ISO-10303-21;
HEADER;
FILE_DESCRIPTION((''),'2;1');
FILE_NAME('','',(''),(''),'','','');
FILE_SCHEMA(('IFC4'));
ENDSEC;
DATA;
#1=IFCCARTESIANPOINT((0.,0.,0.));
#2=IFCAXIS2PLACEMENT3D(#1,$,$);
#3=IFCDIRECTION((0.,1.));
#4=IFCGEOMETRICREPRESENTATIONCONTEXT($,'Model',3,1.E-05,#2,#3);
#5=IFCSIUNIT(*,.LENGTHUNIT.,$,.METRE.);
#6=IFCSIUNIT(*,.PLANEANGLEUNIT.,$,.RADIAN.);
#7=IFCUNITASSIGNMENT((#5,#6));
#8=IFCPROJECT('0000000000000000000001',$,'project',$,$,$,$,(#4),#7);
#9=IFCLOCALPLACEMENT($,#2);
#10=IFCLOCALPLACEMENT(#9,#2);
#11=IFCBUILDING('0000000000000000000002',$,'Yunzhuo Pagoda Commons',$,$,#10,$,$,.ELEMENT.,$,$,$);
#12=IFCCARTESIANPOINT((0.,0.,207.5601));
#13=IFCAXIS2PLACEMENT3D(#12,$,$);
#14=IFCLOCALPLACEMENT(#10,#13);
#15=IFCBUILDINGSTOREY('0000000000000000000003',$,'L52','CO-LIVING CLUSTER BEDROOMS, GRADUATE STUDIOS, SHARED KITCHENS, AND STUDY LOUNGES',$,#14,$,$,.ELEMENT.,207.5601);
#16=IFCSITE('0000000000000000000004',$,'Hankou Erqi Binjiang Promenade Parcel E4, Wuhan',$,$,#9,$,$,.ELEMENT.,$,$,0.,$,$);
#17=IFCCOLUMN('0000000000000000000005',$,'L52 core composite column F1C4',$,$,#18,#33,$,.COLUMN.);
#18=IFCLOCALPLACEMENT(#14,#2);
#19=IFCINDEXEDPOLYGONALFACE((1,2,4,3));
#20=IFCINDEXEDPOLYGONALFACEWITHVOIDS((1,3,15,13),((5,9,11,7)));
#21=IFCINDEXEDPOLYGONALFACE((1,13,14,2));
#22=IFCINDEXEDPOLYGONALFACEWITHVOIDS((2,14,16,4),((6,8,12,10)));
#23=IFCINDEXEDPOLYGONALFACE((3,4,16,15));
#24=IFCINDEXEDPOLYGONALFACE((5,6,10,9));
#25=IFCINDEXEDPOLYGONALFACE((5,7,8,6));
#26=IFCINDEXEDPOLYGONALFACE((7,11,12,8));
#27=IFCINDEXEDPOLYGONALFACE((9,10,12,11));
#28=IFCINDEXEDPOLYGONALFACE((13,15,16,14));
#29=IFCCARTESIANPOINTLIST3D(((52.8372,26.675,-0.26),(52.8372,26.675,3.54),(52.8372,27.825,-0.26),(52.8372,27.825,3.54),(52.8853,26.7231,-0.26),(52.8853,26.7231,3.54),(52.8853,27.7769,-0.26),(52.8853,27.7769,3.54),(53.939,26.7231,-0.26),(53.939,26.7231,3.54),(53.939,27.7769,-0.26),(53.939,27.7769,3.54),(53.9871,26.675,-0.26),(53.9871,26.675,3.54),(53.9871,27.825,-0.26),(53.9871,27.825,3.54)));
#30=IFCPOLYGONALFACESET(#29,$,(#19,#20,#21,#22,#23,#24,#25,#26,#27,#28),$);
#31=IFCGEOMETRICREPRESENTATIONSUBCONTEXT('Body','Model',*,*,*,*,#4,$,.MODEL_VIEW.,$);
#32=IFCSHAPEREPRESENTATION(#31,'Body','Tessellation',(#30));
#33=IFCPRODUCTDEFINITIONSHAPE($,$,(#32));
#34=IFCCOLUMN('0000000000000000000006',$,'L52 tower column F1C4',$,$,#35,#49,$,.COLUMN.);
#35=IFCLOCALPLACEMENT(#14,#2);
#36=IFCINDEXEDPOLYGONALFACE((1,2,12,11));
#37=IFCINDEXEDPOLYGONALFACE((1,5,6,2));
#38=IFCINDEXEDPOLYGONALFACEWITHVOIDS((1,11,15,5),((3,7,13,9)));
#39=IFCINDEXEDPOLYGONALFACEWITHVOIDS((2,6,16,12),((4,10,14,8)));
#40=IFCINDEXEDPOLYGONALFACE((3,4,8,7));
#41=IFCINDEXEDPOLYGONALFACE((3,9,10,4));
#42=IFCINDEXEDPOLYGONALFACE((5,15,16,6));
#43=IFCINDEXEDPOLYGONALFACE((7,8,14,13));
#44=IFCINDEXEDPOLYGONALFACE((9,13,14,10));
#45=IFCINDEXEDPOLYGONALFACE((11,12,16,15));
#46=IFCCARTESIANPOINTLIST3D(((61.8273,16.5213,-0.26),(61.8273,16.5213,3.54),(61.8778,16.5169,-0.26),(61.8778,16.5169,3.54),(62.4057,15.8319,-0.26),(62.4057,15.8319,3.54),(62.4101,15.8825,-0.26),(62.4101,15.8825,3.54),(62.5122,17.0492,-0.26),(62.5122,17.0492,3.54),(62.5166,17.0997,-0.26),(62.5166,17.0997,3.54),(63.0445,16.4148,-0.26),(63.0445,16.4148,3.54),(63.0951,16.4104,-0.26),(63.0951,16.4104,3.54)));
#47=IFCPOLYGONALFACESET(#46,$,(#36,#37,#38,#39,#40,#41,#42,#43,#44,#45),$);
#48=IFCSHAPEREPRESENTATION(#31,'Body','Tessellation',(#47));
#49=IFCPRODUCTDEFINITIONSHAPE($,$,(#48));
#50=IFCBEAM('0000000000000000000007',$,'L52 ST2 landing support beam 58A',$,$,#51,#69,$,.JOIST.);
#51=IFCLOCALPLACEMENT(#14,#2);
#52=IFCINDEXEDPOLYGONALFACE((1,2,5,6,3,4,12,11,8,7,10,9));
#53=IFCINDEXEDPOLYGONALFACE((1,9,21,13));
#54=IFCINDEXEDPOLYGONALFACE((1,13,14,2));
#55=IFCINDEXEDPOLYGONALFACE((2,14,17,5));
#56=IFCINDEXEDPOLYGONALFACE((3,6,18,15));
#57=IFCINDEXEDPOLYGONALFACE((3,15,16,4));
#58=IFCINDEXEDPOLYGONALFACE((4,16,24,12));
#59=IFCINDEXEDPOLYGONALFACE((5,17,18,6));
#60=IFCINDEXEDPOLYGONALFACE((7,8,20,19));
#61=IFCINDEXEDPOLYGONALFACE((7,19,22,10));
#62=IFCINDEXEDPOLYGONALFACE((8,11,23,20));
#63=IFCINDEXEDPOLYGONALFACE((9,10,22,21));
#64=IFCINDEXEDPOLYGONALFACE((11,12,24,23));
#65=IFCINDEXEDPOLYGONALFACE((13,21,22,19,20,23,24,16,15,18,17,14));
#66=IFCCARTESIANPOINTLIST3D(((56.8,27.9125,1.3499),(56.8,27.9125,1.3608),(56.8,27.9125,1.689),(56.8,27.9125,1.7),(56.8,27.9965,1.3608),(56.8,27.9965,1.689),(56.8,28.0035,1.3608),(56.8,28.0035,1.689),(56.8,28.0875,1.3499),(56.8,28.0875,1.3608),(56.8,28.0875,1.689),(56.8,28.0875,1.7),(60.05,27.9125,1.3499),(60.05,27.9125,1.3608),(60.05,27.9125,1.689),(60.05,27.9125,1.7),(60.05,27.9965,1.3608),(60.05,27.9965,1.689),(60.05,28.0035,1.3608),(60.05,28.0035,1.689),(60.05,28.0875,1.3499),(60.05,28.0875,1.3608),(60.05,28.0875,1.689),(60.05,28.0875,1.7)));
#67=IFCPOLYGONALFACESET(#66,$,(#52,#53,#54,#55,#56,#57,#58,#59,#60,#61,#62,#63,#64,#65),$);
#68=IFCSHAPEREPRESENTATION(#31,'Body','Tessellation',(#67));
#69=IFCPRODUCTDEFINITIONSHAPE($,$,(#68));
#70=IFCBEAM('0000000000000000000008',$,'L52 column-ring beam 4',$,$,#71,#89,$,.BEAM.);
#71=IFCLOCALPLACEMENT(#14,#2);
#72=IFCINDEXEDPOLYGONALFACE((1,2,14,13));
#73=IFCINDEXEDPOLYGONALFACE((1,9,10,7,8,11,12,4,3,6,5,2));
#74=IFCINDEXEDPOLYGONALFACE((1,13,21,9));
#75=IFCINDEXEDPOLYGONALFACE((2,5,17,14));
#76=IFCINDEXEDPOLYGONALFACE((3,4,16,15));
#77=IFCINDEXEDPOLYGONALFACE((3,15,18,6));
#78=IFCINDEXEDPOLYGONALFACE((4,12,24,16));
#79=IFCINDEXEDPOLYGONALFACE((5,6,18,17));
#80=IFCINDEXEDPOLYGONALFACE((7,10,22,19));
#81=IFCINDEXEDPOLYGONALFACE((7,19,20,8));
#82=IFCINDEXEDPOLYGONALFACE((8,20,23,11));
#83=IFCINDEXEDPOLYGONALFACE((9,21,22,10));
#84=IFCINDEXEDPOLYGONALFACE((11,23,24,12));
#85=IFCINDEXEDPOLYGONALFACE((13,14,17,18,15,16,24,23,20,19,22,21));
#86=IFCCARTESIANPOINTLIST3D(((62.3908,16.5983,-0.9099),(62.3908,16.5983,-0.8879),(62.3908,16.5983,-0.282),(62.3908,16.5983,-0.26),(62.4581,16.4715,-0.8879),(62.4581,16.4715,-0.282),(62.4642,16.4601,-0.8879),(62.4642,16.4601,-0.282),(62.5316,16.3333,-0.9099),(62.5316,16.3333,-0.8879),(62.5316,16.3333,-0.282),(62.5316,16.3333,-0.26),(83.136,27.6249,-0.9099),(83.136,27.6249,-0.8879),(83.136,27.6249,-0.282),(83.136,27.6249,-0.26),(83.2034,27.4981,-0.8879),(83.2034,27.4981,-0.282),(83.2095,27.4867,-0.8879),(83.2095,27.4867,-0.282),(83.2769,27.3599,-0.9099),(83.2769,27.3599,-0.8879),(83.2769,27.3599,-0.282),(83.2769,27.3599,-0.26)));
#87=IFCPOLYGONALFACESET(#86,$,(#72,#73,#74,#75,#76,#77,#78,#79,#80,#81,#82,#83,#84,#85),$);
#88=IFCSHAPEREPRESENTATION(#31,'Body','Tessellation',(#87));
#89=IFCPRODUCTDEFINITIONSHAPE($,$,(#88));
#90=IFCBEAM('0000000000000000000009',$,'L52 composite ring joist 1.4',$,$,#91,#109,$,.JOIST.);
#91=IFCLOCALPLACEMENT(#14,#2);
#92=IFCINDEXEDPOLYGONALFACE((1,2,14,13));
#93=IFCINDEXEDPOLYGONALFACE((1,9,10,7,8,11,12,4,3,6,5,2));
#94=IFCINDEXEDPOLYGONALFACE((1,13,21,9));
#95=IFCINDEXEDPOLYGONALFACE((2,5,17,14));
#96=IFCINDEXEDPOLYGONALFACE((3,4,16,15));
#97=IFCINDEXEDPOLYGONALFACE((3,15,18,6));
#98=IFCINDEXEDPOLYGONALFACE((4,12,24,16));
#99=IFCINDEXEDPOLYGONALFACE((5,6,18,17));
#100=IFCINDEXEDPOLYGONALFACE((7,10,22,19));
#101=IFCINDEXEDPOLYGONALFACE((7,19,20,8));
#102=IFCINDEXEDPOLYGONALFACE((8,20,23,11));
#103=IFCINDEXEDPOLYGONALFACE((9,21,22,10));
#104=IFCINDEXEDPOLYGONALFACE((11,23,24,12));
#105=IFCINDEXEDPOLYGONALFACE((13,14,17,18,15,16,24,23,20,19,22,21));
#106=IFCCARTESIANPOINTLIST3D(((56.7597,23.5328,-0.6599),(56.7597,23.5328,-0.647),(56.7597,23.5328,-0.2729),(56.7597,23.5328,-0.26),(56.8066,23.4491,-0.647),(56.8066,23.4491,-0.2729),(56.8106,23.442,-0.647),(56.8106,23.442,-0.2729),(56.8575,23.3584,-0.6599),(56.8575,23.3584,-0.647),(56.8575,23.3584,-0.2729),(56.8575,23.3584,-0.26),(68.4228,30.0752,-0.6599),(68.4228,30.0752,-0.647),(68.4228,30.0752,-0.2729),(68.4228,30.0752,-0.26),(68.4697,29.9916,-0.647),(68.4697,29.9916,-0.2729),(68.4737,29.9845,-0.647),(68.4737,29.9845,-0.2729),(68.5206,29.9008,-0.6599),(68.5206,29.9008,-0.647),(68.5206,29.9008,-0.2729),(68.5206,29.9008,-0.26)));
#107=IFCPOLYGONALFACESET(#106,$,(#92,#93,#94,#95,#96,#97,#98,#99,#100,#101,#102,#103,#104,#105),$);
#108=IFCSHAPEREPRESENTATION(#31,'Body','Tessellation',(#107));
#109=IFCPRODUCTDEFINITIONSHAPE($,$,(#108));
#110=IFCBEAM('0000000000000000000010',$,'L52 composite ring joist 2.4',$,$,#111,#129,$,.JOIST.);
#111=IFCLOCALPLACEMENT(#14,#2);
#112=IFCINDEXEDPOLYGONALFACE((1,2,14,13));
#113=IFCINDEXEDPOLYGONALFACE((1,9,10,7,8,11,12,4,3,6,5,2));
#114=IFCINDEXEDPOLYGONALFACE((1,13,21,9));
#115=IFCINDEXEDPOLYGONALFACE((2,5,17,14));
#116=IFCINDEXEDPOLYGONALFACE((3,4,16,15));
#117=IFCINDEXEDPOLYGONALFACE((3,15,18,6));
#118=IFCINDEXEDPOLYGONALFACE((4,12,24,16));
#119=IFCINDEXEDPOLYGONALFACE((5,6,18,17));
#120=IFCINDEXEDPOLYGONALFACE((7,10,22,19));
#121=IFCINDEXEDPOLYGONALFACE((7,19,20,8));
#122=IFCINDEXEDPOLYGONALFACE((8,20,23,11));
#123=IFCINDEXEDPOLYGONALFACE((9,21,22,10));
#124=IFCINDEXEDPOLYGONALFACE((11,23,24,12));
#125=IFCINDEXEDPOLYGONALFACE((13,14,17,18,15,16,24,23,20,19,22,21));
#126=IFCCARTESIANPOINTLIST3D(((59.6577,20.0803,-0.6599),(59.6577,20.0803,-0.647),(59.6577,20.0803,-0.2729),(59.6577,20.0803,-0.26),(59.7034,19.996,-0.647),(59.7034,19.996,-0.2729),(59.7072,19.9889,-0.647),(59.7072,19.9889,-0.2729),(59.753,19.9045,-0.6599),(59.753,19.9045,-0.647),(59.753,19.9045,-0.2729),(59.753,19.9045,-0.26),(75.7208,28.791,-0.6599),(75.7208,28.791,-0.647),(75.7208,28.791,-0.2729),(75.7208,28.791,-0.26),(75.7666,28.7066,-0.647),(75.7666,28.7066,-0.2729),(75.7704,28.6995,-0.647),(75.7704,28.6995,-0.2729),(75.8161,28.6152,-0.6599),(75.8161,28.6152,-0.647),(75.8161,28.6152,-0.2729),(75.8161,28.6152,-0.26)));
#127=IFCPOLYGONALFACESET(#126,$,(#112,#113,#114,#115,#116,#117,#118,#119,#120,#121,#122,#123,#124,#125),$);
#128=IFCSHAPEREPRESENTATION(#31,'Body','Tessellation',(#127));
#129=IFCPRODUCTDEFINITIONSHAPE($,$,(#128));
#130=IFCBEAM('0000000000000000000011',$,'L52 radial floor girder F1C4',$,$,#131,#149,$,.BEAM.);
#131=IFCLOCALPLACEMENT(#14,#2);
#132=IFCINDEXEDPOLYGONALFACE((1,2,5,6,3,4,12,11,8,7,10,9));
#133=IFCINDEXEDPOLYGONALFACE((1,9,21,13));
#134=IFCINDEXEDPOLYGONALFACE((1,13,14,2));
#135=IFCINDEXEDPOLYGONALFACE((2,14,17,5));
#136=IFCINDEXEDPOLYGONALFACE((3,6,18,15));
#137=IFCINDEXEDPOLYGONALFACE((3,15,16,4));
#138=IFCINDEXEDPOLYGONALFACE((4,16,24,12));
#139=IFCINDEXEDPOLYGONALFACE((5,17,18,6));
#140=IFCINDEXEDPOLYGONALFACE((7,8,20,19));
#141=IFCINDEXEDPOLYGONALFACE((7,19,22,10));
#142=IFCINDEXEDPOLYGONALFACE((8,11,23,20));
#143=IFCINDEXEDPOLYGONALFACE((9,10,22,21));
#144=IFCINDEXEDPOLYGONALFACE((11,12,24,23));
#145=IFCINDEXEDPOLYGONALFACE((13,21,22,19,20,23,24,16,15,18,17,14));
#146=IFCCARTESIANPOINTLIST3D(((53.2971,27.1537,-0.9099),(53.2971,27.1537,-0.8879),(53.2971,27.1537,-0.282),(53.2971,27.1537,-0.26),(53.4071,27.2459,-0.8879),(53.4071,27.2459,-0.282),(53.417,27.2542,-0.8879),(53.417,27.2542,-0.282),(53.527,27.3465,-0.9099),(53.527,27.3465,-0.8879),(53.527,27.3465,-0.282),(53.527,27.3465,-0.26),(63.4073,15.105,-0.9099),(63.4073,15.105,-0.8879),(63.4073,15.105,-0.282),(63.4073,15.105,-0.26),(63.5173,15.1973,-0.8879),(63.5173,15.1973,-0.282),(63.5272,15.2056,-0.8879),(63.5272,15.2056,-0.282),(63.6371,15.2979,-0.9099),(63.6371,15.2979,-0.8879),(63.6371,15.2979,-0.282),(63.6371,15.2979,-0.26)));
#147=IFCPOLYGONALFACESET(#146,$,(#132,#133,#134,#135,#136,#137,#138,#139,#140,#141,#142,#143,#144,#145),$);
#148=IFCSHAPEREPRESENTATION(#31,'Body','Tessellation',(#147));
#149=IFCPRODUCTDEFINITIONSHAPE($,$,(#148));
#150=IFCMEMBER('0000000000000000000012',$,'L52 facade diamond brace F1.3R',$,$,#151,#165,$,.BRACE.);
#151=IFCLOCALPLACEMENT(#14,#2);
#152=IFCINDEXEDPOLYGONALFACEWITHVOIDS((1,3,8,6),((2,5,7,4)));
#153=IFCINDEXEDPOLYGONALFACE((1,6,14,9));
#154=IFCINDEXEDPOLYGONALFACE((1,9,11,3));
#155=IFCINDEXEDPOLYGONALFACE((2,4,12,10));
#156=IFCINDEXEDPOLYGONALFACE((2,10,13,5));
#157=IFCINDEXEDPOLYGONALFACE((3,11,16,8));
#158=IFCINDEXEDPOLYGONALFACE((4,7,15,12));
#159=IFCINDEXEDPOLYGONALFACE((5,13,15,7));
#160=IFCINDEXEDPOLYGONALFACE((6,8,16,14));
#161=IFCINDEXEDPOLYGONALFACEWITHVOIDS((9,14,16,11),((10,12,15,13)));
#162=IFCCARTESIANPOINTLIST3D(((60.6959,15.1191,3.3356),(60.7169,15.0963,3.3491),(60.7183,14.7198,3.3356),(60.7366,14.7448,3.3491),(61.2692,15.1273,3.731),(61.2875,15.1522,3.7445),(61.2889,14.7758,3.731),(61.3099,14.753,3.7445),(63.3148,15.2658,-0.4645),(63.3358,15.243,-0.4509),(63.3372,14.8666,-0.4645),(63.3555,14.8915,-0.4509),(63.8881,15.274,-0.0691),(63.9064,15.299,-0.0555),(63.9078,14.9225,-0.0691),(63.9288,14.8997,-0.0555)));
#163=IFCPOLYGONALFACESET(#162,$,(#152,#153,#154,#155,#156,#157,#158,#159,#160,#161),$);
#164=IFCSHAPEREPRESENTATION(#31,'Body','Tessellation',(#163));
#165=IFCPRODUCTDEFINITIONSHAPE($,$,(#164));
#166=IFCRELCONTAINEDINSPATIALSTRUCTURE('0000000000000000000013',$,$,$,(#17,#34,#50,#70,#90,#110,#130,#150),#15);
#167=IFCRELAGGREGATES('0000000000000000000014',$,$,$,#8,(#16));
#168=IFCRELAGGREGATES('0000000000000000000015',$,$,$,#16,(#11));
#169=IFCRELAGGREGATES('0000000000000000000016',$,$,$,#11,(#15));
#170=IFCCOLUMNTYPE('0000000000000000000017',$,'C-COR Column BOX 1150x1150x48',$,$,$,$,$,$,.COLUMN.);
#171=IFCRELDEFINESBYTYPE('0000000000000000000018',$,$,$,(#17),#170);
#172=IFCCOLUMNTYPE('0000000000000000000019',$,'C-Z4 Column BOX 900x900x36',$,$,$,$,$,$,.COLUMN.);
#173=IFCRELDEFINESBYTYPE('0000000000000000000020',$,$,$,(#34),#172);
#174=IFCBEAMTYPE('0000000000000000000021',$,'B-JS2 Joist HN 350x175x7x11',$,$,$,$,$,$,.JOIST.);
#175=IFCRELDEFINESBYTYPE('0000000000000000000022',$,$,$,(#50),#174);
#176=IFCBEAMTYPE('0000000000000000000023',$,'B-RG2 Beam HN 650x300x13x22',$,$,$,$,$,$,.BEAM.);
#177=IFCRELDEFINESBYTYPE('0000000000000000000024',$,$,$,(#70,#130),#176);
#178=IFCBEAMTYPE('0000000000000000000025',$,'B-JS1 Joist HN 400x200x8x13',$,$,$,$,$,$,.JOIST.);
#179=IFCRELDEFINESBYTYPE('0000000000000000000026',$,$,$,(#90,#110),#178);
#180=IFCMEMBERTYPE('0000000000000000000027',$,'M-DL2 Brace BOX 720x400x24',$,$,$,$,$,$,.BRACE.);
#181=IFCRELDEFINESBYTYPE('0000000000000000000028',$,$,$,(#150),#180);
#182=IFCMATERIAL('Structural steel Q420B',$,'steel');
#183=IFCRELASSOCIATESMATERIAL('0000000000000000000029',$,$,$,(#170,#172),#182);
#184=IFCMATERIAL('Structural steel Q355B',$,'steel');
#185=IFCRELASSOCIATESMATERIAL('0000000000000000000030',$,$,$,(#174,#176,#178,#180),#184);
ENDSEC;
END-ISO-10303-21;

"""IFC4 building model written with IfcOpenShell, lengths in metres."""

from ifc_helpers import new_model, si_unit, direction, frame, origin, origin_2d, place, context, subcontext, project, spatial, hollow_rectangle, i_section, extrude, source, transform, mapped, material, material_profile, profile_set, type_object, element, save


model = new_model("IFC4")

# Units and contexts
model_context = context("Model", 3, precision=1e-05, world=origin(), true_north=direction((0.0, 1.0)))
body_context = subcontext(model_context, "Body", "Model", "MODEL_VIEW")
ifc_project = project(units=[si_unit("LENGTHUNIT", "METRE"), si_unit("PLANEANGLEUNIT", "RADIAN")], contexts=[model_context])

# Site, building, storey
site_placement = place(None, origin())
site = spatial("IfcSite", under=ifc_project, at=site_placement, Name="Hankou Erqi Binjiang Promenade Parcel E4, Wuhan", CompositionType="ELEMENT", RefElevation=0.0)
building_placement = place(site_placement, origin())
building = spatial("IfcBuilding", under=site, at=building_placement, Name="Yunzhuo Pagoda Commons", CompositionType="ELEMENT")
storey_placement = place(building_placement, frame((0.0, 0.0, 207.5601)))
storey = spatial("IfcBuildingStorey", under=building, at=storey_placement, Name="L52", Description="CO-LIVING CLUSTER BEDROOMS, GRADUATE STUDIOS, SHARED KITCHENS, AND STUDY LOUNGES", CompositionType="ELEMENT", Elevation=207.5601)

# Columns
ifc_material_1 = material(Name="Structural steel Q420B", Category="steel")
ifc_material_profile_1 = material_profile(ifc_material_1, hollow_rectangle(XDim=1.1499, YDim=1.1499, WallThickness=0.0481, at=origin_2d()), Name="Structural steel Q420B")
ifc_profile_set_1 = profile_set([ifc_material_profile_1], Name="Structural steel Q420B")
column_type_1 = type_object("IfcColumnType", Name="C-COR Column BOX 1150x1150x48", PredefinedType="COLUMN", material=ifc_profile_set_1)
shared_shape_1 = source(origin(), body_context, "Body", "SweptSolid", [
    extrude(hollow_rectangle(XDim=1.1499, YDim=1.1499, WallThickness=0.0481, at=origin_2d()), origin(), (0.0, 0.0, 1.0), 3.8),
])
column_1_placement = place(storey_placement, frame((53.4121, 27.25, -0.26), z_axis=(0.0, 0.0, 1.0), x_axis=(1.0, 0.0, 0.0)))
element("IfcColumn", 1, at=column_1_placement, inside=storey, type_object=column_type_1, Name="L52 core composite column F1C4", PredefinedType="COLUMN", context=body_context, shape_type="MappedRepresentation", body=[
    mapped(shared_shape_1, transform((0.0, 0.0, 0.0), scale=1.0)),
])
ifc_material_profile_2 = material_profile(ifc_material_1, hollow_rectangle(XDim=0.8999, YDim=0.8999, WallThickness=0.0359, at=origin_2d()), Name="Structural steel Q420B")
ifc_profile_set_2 = profile_set([ifc_material_profile_2], Name="Structural steel Q420B")
column_type_2 = type_object("IfcColumnType", Name="C-Z4 Column BOX 900x900x36", PredefinedType="COLUMN", material=ifc_profile_set_2)
shared_shape_2 = source(origin(), body_context, "Body", "SweptSolid", [
    extrude(hollow_rectangle(XDim=0.8999, YDim=0.8999, WallThickness=0.0359, at=origin_2d()), origin(), (0.0, 0.0, 1.0), 3.8),
])
column_2_placement = place(storey_placement, frame((62.4612, 16.4658, -0.26), z_axis=(0.0, 0.0, 1.0), x_axis=(0.766044, 0.642788, 0.0)))
element("IfcColumn", 2, at=column_2_placement, inside=storey, type_object=column_type_2, Name="L52 tower column F1C4", PredefinedType="COLUMN", context=body_context, shape_type="MappedRepresentation", body=[
    mapped(shared_shape_2, transform((0.0, 0.0, 0.0), scale=1.0)),
])

# Beams
ifc_material_2 = material(Name="Structural steel Q355B", Category="steel")
ifc_material_profile_3 = material_profile(ifc_material_2, i_section(OverallWidth=0.175, OverallDepth=0.3501, WebThickness=0.0071, FlangeThickness=0.011, at=origin_2d()), Name="Structural steel Q355B")
ifc_profile_set_3 = profile_set([ifc_material_profile_3], Name="Structural steel Q355B")
beam_type_1 = type_object("IfcBeamType", Name="B-JS2 Joist HN 350x175x7x11", PredefinedType="JOIST", material=ifc_profile_set_3)
shared_shape_3 = source(origin(), body_context, "Body", "SweptSolid", [
    extrude(i_section(OverallWidth=0.175, OverallDepth=0.3501, WebThickness=0.0071, FlangeThickness=0.011, at=origin_2d()), origin(), (0.0, 0.0, 1.0), 3.25),
])
beam_1_placement = place(storey_placement, frame((56.8, 28.0, 1.5249), z_axis=(1.0, 0.0, 0.0), x_axis=(0.0, 1.0, 0.0)))
element("IfcBeam", 3, at=beam_1_placement, inside=storey, type_object=beam_type_1, Name="L52 ST2 landing support beam 58A", PredefinedType="JOIST", context=body_context, shape_type="MappedRepresentation", body=[
    mapped(shared_shape_3, transform((0.0, 0.0, 0.0), scale=1.0)),
])
ifc_material_profile_4 = material_profile(ifc_material_2, i_section(OverallWidth=0.3, OverallDepth=0.6499, WebThickness=0.0129, FlangeThickness=0.022, at=origin_2d()), Name="Structural steel Q355B")
ifc_profile_set_4 = profile_set([ifc_material_profile_4], Name="Structural steel Q355B")
beam_type_2 = type_object("IfcBeamType", Name="B-RG2 Beam HN 650x300x13x22", PredefinedType="BEAM", material=ifc_profile_set_4)
shared_shape_4 = source(origin(), body_context, "Body", "SweptSolid", [
    extrude(i_section(OverallWidth=0.3, OverallDepth=0.6499, WebThickness=0.0129, FlangeThickness=0.022, at=origin_2d()), origin(), (0.0, 0.0, 1.0), 23.4937),
])
beam_2_placement = place(storey_placement, frame((62.4612, 16.4658, -0.585), z_axis=(0.883016, 0.469342, 0.0), x_axis=(-0.469342, 0.883016, 0.0)))
element("IfcBeam", 4, at=beam_2_placement, inside=storey, type_object=beam_type_2, Name="L52 column-ring beam 4", PredefinedType="BEAM", context=body_context, shape_type="MappedRepresentation", body=[
    mapped(shared_shape_4, transform((0.0, 0.0, 0.0), scale=1.0)),
])
ifc_material_profile_5 = material_profile(ifc_material_2, i_section(OverallWidth=0.2, OverallDepth=0.3999, WebThickness=0.0081, FlangeThickness=0.0129, at=origin_2d()), Name="Structural steel Q355B")
ifc_profile_set_5 = profile_set([ifc_material_profile_5], Name="Structural steel Q355B")
beam_type_3 = type_object("IfcBeamType", Name="B-JS1 Joist HN 400x200x8x13", PredefinedType="JOIST", material=ifc_profile_set_5)
shared_shape_5 = source(origin(), body_context, "Body", "SweptSolid", [
    extrude(i_section(OverallWidth=0.2, OverallDepth=0.3999, WebThickness=0.0081, FlangeThickness=0.0129, at=origin_2d()), origin(), (0.0, 0.0, 1.0), 13.3728),
])
beam_3_placement = place(storey_placement, frame((56.8086, 23.4456, -0.46), z_axis=(0.87215, 0.489238, 0.0), x_axis=(-0.489238, 0.87215, 0.0)))
element("IfcBeam", 5, at=beam_3_placement, inside=storey, type_object=beam_type_3, Name="L52 composite ring joist 1.4", PredefinedType="JOIST", context=body_context, shape_type="MappedRepresentation", body=[
    mapped(shared_shape_5, transform((0.0, 0.0, 0.0), scale=1.0)),
])
shared_shape_6 = source(origin(), body_context, "Body", "SweptSolid", [
    extrude(i_section(OverallWidth=0.2, OverallDepth=0.3999, WebThickness=0.0081, FlangeThickness=0.0129, at=origin_2d()), origin(), (0.0, 0.0, 1.0), 18.2729),
])
beam_4_placement = place(storey_placement, frame((59.7053, 19.9924, -0.46), z_axis=(0.879068, 0.476697, 0.0), x_axis=(-0.476697, 0.879068, 0.0)))
element("IfcBeam", 6, at=beam_4_placement, inside=storey, type_object=beam_type_3, Name="L52 composite ring joist 2.4", PredefinedType="JOIST", context=body_context, shape_type="MappedRepresentation", body=[
    mapped(shared_shape_6, transform((0.0, 0.0, 0.0), scale=1.0)),
])
shared_shape_7 = source(origin(), body_context, "Body", "SweptSolid", [
    extrude(i_section(OverallWidth=0.3, OverallDepth=0.6499, WebThickness=0.0129, FlangeThickness=0.022, at=origin_2d()), origin(), (0.0, 0.0, 1.0), 15.7285),
])
beam_5_placement = place(storey_placement, frame((63.5222, 15.2014, -0.585), z_axis=(-0.642793, 0.76604, 0.0), x_axis=(-0.76604, -0.642793, 0.0)))
element("IfcBeam", 7, at=beam_5_placement, inside=storey, type_object=beam_type_2, Name="L52 radial floor girder F1C4", PredefinedType="BEAM", context=body_context, shape_type="MappedRepresentation", body=[
    mapped(shared_shape_7, transform((0.0, 0.0, 0.0), scale=1.0)),
])

# Member
ifc_material_profile_6 = material_profile(ifc_material_2, hollow_rectangle(XDim=0.3999, YDim=0.72, WallThickness=0.0239, at=origin_2d()), Name="Structural steel Q355B")
ifc_profile_set_6 = profile_set([ifc_material_profile_6], Name="Structural steel Q355B")
member_type_1 = type_object("IfcMemberType", Name="M-DL2 Brace BOX 720x400x24", PredefinedType="BRACE", material=ifc_profile_set_6)
shared_shape_8 = source(origin(), body_context, "Body", "SweptSolid", [
    extrude(hollow_rectangle(XDim=0.3999, YDim=0.72, WallThickness=0.0239, at=origin_2d()), origin(), (0.0, 0.0, 1.0), 4.6174),
])
member_1_placement = place(storey_placement, frame((63.6218, 15.0828, -0.26), z_axis=(-0.567178, -0.031777, 0.822982), x_axis=(0.055939, -0.998434, 0.0)))
element("IfcMember", 8, at=member_1_placement, inside=storey, type_object=member_type_1, Name="L52 facade diamond brace F1.3R", PredefinedType="BRACE", context=body_context, shape_type="MappedRepresentation", body=[
    mapped(shared_shape_8, transform((0.0, 0.0, 0.0), scale=1.0)),
])

save(model, "model.ifc")
